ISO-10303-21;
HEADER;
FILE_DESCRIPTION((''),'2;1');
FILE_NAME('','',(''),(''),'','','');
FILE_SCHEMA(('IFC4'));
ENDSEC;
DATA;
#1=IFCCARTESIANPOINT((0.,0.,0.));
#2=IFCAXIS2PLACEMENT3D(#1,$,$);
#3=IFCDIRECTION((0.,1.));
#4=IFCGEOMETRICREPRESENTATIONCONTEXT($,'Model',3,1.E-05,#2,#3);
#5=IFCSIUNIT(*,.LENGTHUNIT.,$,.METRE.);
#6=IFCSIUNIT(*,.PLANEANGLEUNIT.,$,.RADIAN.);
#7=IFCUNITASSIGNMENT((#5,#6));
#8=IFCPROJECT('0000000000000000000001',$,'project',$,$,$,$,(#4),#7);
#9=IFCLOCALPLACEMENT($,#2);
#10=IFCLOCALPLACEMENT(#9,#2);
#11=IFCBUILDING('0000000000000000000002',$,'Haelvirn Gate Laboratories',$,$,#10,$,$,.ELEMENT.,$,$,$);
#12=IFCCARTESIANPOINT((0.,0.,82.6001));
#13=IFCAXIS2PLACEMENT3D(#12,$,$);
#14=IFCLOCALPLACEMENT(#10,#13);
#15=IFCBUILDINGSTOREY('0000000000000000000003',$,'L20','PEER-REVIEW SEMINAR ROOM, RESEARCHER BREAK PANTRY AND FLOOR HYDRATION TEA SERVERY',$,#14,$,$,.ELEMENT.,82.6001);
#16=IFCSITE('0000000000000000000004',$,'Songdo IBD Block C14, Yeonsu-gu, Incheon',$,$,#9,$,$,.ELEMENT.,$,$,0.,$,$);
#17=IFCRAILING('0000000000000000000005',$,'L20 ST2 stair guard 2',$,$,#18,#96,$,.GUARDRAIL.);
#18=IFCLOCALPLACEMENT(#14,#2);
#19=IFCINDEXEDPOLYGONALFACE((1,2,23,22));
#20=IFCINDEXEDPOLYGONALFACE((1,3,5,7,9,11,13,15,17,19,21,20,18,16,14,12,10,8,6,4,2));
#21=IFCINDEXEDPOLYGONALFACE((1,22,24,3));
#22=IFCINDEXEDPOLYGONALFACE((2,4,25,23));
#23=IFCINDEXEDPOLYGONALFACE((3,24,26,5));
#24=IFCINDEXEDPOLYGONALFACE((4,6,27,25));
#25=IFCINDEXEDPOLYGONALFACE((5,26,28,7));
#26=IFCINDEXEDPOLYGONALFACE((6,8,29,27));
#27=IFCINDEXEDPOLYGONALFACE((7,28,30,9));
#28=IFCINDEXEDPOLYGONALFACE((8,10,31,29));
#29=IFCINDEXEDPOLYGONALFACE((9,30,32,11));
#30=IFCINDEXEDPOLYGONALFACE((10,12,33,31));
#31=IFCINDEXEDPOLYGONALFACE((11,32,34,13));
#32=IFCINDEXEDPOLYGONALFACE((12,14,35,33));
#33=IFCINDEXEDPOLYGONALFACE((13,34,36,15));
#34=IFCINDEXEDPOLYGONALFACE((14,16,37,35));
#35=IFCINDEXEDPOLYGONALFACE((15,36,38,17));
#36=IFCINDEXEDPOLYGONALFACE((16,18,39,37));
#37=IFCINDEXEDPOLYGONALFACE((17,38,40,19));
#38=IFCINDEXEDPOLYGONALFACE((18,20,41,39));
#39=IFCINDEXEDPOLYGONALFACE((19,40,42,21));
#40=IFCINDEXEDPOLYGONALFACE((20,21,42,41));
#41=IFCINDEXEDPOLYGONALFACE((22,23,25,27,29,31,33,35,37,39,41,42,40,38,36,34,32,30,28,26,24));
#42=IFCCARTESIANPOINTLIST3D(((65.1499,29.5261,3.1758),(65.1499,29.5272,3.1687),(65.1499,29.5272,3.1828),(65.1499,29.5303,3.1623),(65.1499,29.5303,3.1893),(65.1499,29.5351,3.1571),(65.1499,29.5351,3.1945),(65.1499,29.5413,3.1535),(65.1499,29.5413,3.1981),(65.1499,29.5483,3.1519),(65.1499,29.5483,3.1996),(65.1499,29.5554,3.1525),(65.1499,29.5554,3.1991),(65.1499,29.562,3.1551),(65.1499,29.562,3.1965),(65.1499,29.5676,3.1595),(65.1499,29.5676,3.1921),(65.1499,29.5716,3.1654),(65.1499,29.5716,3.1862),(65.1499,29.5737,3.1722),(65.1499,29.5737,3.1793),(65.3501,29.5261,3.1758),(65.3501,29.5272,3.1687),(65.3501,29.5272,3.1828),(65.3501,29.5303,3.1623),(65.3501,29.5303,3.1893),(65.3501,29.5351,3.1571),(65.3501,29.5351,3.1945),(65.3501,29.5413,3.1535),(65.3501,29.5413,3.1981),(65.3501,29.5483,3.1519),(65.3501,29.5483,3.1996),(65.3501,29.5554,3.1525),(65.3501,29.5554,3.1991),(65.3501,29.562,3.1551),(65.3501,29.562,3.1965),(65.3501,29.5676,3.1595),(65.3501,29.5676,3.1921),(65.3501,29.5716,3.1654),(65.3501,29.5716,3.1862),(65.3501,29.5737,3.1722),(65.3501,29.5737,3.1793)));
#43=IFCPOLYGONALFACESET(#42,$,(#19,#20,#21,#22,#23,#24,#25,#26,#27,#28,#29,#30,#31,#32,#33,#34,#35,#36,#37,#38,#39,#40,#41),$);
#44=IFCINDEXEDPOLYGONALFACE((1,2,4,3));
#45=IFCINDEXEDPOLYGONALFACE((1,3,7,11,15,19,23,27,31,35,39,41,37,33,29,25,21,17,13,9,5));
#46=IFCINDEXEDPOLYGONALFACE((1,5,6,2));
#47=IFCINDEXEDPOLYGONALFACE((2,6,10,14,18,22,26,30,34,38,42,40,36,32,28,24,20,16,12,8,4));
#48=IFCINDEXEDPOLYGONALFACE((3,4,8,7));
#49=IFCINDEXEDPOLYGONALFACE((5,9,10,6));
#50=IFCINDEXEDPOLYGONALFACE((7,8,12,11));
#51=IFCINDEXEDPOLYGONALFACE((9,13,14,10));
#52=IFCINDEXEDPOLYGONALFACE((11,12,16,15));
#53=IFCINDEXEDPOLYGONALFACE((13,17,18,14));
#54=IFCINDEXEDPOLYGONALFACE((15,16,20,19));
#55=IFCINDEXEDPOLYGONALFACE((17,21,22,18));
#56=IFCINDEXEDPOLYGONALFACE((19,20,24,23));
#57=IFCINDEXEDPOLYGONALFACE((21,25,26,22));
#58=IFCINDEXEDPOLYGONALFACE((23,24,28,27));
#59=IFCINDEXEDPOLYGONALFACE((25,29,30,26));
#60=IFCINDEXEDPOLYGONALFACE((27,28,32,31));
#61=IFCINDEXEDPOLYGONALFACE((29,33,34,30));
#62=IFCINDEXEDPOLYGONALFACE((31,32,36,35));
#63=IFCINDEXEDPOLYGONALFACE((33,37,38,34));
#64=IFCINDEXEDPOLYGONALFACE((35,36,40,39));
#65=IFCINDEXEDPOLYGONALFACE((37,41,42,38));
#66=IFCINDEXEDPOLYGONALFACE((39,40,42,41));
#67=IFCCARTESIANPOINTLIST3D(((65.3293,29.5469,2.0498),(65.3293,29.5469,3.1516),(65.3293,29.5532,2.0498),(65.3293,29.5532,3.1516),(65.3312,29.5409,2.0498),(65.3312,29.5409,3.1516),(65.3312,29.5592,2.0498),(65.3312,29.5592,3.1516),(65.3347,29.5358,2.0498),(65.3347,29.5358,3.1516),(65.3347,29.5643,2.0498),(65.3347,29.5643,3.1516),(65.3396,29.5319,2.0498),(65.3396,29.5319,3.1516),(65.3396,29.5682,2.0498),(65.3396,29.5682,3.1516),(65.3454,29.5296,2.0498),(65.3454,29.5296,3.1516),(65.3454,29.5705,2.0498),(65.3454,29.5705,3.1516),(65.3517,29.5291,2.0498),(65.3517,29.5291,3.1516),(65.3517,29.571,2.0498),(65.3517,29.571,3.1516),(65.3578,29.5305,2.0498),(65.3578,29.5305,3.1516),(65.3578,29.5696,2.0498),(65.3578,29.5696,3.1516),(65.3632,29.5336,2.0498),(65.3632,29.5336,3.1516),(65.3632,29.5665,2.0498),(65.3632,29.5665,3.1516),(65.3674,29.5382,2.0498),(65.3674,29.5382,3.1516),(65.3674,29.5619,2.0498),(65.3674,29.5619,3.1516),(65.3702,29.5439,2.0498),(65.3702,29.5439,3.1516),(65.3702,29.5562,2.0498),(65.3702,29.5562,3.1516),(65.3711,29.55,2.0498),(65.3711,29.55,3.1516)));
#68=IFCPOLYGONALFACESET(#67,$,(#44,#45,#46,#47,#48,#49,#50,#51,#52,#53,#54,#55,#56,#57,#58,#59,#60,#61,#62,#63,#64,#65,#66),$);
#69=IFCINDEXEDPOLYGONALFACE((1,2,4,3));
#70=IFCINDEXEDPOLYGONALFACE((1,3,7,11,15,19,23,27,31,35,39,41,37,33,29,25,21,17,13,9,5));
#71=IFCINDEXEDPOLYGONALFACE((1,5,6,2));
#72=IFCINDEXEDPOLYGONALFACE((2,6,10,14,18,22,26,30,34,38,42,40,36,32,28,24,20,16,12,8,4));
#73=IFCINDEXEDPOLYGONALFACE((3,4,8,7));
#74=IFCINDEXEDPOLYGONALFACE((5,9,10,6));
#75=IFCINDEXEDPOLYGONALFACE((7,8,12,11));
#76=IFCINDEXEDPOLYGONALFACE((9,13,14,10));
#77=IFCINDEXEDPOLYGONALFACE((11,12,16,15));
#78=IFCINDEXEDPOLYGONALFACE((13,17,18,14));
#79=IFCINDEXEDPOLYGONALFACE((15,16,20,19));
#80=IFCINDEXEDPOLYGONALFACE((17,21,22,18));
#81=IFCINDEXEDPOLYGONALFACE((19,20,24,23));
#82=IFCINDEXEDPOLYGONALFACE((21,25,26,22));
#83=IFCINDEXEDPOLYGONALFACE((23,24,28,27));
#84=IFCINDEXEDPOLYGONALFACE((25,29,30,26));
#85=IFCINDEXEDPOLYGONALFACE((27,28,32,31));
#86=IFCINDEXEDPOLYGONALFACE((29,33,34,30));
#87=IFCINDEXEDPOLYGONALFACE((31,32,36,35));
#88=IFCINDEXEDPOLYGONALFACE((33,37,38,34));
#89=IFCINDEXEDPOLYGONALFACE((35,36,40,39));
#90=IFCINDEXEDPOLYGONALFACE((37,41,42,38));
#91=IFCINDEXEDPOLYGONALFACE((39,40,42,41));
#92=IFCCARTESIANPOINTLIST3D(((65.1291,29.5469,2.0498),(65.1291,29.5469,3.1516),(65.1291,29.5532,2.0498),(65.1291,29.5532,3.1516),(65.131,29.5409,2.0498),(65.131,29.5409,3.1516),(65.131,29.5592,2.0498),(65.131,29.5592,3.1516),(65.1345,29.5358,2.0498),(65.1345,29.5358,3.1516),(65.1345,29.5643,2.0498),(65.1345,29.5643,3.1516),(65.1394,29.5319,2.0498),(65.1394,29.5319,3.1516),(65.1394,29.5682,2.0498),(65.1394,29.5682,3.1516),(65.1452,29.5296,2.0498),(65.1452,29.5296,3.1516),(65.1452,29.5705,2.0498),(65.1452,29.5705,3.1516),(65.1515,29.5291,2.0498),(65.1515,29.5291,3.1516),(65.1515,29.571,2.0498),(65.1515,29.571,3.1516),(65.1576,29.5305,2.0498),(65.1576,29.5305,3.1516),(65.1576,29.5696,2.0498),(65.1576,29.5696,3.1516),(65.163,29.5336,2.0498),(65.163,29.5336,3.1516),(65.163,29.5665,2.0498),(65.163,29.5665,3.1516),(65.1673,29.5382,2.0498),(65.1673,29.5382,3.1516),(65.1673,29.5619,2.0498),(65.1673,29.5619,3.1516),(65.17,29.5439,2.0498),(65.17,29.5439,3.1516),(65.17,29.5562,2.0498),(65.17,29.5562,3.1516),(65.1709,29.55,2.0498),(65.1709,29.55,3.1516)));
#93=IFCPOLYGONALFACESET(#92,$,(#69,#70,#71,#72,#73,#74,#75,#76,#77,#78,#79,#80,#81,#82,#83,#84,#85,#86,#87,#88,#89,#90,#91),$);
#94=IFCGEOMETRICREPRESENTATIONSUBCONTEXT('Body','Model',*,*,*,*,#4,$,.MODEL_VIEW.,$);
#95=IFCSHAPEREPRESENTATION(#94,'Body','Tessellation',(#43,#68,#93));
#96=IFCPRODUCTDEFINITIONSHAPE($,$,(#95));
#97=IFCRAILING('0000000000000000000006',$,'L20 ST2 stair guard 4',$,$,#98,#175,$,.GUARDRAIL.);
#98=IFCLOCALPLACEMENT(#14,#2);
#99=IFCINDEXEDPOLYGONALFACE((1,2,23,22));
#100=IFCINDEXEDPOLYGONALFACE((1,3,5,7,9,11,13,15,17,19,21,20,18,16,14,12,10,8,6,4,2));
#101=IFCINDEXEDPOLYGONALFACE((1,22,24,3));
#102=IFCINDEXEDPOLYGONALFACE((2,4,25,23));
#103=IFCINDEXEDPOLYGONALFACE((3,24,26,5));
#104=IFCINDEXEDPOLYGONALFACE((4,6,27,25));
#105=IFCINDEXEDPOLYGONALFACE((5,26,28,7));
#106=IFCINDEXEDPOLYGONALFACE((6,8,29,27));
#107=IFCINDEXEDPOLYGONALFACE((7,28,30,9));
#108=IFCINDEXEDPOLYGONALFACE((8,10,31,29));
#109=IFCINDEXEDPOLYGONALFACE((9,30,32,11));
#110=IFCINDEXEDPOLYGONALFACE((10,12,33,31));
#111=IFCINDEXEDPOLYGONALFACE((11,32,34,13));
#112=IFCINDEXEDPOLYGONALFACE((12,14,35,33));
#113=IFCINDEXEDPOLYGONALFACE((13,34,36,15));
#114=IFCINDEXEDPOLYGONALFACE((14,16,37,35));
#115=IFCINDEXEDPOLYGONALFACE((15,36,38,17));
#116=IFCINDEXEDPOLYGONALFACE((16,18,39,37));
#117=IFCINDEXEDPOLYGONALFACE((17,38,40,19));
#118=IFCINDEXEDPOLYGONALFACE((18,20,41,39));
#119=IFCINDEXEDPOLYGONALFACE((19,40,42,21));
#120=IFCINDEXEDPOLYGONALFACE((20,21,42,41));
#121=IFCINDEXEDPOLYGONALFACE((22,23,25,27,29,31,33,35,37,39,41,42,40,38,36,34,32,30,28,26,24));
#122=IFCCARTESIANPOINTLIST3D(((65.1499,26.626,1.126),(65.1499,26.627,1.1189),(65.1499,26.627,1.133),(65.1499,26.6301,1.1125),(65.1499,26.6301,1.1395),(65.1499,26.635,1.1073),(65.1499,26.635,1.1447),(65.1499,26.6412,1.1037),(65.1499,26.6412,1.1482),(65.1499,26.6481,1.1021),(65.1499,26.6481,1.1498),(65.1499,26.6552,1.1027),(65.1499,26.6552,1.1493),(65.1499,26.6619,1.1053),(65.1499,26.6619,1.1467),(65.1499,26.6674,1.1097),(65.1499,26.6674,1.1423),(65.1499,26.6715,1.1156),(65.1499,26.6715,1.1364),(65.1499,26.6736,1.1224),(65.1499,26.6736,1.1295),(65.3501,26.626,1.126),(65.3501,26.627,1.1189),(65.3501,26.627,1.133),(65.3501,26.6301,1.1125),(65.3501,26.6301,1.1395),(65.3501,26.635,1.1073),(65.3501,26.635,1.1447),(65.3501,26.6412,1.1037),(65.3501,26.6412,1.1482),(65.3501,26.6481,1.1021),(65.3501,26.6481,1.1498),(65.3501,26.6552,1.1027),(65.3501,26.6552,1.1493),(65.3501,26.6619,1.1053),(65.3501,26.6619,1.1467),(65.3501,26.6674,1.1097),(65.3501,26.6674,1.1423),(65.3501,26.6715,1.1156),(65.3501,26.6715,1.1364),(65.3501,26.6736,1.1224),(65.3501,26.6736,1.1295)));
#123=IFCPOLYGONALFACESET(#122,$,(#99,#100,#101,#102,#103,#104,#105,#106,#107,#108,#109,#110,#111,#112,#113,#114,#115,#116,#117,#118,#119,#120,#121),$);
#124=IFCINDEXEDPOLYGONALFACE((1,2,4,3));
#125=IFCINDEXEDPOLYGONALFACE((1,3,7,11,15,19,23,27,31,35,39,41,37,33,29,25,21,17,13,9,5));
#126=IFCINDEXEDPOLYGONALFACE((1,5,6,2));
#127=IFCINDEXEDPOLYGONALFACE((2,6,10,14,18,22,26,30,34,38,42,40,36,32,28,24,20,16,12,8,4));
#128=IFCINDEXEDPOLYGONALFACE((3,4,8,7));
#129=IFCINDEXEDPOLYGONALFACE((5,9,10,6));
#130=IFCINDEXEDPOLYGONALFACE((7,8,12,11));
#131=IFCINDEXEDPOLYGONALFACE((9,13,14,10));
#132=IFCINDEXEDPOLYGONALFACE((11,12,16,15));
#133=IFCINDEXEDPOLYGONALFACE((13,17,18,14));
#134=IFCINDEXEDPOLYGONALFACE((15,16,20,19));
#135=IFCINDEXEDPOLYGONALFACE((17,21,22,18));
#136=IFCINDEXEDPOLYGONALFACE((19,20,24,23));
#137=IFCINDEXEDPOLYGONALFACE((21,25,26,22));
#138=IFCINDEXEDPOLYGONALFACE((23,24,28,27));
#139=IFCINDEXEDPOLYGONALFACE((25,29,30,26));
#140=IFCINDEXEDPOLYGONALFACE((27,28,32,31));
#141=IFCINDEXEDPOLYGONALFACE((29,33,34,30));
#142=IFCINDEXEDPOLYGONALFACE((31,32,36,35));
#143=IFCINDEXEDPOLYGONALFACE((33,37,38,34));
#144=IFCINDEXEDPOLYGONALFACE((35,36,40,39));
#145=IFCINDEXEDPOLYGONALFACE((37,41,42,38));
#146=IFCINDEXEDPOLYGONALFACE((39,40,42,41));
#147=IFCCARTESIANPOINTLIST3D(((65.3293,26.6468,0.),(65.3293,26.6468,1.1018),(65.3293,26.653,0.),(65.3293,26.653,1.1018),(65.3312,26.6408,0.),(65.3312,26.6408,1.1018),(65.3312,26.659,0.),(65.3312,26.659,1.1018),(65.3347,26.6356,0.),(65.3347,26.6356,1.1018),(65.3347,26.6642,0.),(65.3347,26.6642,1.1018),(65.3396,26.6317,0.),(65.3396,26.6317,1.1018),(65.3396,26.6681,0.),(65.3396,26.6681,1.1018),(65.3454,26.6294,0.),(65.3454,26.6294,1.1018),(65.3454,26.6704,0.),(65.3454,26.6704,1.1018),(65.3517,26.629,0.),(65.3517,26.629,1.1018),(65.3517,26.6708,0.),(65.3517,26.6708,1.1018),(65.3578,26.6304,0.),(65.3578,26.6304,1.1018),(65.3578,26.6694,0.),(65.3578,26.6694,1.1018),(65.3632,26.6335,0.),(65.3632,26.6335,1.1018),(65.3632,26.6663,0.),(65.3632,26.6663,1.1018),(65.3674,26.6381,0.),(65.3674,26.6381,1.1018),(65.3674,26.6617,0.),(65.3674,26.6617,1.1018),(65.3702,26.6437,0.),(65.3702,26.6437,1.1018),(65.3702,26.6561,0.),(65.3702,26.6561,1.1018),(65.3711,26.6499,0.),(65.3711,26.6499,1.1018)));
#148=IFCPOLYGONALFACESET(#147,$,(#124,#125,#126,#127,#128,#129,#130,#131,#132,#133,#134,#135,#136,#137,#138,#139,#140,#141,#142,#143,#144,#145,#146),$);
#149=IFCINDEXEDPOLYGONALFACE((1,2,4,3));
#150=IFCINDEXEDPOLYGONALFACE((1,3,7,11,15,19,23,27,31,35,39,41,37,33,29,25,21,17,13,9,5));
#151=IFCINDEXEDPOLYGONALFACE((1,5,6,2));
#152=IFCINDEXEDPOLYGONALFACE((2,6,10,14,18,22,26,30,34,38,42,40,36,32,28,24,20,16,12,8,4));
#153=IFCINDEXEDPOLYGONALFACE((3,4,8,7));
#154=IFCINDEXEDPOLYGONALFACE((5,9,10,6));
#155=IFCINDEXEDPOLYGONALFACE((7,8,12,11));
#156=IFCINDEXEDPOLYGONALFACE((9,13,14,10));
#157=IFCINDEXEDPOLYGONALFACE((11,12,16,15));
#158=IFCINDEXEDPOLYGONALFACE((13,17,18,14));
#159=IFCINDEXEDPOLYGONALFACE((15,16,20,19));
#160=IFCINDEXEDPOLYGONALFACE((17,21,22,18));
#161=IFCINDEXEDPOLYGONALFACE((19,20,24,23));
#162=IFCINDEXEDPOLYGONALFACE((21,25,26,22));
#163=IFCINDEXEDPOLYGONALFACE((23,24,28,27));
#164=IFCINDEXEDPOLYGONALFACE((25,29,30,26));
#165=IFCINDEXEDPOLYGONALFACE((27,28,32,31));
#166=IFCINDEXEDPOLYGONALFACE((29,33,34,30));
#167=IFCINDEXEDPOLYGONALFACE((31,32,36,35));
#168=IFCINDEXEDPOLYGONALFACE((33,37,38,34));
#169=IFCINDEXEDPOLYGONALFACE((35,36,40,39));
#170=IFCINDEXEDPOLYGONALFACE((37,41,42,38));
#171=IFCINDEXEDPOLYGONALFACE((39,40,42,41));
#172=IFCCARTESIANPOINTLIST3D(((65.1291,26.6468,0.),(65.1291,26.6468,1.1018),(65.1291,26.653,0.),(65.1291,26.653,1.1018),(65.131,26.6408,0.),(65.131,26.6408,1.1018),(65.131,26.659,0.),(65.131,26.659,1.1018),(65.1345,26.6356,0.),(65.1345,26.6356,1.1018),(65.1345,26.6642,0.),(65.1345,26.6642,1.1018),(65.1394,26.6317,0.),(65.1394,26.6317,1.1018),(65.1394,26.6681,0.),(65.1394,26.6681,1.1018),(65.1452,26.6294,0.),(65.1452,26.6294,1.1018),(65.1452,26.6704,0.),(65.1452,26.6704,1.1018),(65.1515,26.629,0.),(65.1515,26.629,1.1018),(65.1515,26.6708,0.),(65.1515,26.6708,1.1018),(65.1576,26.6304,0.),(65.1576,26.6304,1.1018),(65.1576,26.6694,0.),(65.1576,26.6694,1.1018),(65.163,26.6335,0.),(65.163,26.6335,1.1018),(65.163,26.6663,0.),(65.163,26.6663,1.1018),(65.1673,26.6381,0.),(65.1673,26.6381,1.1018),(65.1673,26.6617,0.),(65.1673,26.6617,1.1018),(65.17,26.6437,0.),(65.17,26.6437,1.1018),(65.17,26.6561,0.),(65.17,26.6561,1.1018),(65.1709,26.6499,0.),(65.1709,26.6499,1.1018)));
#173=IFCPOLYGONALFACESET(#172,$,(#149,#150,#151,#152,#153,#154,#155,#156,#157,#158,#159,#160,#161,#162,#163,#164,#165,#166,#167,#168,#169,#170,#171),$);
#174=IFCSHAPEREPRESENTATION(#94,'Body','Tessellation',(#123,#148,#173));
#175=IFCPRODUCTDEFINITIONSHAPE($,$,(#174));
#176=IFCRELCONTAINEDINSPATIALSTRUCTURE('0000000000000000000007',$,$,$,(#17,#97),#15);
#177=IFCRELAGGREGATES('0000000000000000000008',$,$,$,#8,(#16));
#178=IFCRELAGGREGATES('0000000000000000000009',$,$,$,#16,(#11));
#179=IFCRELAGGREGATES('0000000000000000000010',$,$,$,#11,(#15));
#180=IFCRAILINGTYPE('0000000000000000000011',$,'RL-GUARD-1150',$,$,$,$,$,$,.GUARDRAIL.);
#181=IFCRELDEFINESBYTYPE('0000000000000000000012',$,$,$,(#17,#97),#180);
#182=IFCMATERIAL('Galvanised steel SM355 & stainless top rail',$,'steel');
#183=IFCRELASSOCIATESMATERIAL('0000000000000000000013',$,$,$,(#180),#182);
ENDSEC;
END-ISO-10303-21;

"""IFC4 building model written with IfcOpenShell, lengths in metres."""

from ifc_helpers import new_model, si_unit, direction, frame, origin, origin_2d, place, context, subcontext, project, spatial, circle, extrude, source, transform, mapped, material, type_object, element, save


model = new_model("IFC4")

# Units and contexts
model_context = context("Model", 3, precision=1e-05, world=origin(), true_north=direction((0.0, 1.0)))
body_context = subcontext(model_context, "Body", "Model", "MODEL_VIEW")
ifc_project = project(units=[si_unit("LENGTHUNIT", "METRE"), si_unit("PLANEANGLEUNIT", "RADIAN")], contexts=[model_context])

# Site, building, storey
site_placement = place(None, origin())
site = spatial("IfcSite", under=ifc_project, at=site_placement, Name="Songdo IBD Block C14, Yeonsu-gu, Incheon", CompositionType="ELEMENT", RefElevation=0.0)
building_placement = place(site_placement, origin())
building = spatial("IfcBuilding", under=site, at=building_placement, Name="Haelvirn Gate Laboratories", CompositionType="ELEMENT")
storey_placement = place(building_placement, frame((0.0, 0.0, 82.6001)))
storey = spatial("IfcBuildingStorey", under=building, at=storey_placement, Name="L20", Description="PEER-REVIEW SEMINAR ROOM, RESEARCHER BREAK PANTRY AND FLOOR HYDRATION TEA SERVERY", CompositionType="ELEMENT", Elevation=82.6001)

# Railings
ifc_material_1 = material(Name="Galvanised steel SM355 & stainless top rail", Category="steel")
railing_type_1 = type_object("IfcRailingType", Name="RL-GUARD-1150", PredefinedType="GUARDRAIL", material=ifc_material_1)
shared_shape_1 = source(origin(), body_context, "Body", "SweptSolid", [
    extrude(circle(Radius=0.0239, at=origin_2d()), frame((0.0, 0.0, 1.126), z_axis=(-1.0, 0.0, 0.0), x_axis=(0.0, -1.0, 0.0)), (0.0, 0.0, 1.0), 0.2002),
    extrude(circle(Radius=0.021, at=origin_2d()), origin(), (0.0, 0.0, 1.0), 1.1018),
    extrude(circle(Radius=0.021, at=origin_2d()), frame((-0.2002, 0.0, 0.0)), (0.0, 0.0, 1.0), 1.1018),
])
for number, where, name in (
    (1, (65.3501, 29.55, 2.0498), "L20 ST2 stair guard 2"),
    (2, (65.3501, 26.6499, 0.0), "L20 ST2 stair guard 4"),
):
    element("IfcRailing", number, at=place(storey_placement, frame(where)), inside=storey, type_object=railing_type_1, Name=name, PredefinedType="GUARDRAIL", context=body_context, shape_type="MappedRepresentation", body=[
        mapped(shared_shape_1, transform((0.0, 0.0, 0.0), scale=1.0)),
    ])

save(model, "model.ifc")
